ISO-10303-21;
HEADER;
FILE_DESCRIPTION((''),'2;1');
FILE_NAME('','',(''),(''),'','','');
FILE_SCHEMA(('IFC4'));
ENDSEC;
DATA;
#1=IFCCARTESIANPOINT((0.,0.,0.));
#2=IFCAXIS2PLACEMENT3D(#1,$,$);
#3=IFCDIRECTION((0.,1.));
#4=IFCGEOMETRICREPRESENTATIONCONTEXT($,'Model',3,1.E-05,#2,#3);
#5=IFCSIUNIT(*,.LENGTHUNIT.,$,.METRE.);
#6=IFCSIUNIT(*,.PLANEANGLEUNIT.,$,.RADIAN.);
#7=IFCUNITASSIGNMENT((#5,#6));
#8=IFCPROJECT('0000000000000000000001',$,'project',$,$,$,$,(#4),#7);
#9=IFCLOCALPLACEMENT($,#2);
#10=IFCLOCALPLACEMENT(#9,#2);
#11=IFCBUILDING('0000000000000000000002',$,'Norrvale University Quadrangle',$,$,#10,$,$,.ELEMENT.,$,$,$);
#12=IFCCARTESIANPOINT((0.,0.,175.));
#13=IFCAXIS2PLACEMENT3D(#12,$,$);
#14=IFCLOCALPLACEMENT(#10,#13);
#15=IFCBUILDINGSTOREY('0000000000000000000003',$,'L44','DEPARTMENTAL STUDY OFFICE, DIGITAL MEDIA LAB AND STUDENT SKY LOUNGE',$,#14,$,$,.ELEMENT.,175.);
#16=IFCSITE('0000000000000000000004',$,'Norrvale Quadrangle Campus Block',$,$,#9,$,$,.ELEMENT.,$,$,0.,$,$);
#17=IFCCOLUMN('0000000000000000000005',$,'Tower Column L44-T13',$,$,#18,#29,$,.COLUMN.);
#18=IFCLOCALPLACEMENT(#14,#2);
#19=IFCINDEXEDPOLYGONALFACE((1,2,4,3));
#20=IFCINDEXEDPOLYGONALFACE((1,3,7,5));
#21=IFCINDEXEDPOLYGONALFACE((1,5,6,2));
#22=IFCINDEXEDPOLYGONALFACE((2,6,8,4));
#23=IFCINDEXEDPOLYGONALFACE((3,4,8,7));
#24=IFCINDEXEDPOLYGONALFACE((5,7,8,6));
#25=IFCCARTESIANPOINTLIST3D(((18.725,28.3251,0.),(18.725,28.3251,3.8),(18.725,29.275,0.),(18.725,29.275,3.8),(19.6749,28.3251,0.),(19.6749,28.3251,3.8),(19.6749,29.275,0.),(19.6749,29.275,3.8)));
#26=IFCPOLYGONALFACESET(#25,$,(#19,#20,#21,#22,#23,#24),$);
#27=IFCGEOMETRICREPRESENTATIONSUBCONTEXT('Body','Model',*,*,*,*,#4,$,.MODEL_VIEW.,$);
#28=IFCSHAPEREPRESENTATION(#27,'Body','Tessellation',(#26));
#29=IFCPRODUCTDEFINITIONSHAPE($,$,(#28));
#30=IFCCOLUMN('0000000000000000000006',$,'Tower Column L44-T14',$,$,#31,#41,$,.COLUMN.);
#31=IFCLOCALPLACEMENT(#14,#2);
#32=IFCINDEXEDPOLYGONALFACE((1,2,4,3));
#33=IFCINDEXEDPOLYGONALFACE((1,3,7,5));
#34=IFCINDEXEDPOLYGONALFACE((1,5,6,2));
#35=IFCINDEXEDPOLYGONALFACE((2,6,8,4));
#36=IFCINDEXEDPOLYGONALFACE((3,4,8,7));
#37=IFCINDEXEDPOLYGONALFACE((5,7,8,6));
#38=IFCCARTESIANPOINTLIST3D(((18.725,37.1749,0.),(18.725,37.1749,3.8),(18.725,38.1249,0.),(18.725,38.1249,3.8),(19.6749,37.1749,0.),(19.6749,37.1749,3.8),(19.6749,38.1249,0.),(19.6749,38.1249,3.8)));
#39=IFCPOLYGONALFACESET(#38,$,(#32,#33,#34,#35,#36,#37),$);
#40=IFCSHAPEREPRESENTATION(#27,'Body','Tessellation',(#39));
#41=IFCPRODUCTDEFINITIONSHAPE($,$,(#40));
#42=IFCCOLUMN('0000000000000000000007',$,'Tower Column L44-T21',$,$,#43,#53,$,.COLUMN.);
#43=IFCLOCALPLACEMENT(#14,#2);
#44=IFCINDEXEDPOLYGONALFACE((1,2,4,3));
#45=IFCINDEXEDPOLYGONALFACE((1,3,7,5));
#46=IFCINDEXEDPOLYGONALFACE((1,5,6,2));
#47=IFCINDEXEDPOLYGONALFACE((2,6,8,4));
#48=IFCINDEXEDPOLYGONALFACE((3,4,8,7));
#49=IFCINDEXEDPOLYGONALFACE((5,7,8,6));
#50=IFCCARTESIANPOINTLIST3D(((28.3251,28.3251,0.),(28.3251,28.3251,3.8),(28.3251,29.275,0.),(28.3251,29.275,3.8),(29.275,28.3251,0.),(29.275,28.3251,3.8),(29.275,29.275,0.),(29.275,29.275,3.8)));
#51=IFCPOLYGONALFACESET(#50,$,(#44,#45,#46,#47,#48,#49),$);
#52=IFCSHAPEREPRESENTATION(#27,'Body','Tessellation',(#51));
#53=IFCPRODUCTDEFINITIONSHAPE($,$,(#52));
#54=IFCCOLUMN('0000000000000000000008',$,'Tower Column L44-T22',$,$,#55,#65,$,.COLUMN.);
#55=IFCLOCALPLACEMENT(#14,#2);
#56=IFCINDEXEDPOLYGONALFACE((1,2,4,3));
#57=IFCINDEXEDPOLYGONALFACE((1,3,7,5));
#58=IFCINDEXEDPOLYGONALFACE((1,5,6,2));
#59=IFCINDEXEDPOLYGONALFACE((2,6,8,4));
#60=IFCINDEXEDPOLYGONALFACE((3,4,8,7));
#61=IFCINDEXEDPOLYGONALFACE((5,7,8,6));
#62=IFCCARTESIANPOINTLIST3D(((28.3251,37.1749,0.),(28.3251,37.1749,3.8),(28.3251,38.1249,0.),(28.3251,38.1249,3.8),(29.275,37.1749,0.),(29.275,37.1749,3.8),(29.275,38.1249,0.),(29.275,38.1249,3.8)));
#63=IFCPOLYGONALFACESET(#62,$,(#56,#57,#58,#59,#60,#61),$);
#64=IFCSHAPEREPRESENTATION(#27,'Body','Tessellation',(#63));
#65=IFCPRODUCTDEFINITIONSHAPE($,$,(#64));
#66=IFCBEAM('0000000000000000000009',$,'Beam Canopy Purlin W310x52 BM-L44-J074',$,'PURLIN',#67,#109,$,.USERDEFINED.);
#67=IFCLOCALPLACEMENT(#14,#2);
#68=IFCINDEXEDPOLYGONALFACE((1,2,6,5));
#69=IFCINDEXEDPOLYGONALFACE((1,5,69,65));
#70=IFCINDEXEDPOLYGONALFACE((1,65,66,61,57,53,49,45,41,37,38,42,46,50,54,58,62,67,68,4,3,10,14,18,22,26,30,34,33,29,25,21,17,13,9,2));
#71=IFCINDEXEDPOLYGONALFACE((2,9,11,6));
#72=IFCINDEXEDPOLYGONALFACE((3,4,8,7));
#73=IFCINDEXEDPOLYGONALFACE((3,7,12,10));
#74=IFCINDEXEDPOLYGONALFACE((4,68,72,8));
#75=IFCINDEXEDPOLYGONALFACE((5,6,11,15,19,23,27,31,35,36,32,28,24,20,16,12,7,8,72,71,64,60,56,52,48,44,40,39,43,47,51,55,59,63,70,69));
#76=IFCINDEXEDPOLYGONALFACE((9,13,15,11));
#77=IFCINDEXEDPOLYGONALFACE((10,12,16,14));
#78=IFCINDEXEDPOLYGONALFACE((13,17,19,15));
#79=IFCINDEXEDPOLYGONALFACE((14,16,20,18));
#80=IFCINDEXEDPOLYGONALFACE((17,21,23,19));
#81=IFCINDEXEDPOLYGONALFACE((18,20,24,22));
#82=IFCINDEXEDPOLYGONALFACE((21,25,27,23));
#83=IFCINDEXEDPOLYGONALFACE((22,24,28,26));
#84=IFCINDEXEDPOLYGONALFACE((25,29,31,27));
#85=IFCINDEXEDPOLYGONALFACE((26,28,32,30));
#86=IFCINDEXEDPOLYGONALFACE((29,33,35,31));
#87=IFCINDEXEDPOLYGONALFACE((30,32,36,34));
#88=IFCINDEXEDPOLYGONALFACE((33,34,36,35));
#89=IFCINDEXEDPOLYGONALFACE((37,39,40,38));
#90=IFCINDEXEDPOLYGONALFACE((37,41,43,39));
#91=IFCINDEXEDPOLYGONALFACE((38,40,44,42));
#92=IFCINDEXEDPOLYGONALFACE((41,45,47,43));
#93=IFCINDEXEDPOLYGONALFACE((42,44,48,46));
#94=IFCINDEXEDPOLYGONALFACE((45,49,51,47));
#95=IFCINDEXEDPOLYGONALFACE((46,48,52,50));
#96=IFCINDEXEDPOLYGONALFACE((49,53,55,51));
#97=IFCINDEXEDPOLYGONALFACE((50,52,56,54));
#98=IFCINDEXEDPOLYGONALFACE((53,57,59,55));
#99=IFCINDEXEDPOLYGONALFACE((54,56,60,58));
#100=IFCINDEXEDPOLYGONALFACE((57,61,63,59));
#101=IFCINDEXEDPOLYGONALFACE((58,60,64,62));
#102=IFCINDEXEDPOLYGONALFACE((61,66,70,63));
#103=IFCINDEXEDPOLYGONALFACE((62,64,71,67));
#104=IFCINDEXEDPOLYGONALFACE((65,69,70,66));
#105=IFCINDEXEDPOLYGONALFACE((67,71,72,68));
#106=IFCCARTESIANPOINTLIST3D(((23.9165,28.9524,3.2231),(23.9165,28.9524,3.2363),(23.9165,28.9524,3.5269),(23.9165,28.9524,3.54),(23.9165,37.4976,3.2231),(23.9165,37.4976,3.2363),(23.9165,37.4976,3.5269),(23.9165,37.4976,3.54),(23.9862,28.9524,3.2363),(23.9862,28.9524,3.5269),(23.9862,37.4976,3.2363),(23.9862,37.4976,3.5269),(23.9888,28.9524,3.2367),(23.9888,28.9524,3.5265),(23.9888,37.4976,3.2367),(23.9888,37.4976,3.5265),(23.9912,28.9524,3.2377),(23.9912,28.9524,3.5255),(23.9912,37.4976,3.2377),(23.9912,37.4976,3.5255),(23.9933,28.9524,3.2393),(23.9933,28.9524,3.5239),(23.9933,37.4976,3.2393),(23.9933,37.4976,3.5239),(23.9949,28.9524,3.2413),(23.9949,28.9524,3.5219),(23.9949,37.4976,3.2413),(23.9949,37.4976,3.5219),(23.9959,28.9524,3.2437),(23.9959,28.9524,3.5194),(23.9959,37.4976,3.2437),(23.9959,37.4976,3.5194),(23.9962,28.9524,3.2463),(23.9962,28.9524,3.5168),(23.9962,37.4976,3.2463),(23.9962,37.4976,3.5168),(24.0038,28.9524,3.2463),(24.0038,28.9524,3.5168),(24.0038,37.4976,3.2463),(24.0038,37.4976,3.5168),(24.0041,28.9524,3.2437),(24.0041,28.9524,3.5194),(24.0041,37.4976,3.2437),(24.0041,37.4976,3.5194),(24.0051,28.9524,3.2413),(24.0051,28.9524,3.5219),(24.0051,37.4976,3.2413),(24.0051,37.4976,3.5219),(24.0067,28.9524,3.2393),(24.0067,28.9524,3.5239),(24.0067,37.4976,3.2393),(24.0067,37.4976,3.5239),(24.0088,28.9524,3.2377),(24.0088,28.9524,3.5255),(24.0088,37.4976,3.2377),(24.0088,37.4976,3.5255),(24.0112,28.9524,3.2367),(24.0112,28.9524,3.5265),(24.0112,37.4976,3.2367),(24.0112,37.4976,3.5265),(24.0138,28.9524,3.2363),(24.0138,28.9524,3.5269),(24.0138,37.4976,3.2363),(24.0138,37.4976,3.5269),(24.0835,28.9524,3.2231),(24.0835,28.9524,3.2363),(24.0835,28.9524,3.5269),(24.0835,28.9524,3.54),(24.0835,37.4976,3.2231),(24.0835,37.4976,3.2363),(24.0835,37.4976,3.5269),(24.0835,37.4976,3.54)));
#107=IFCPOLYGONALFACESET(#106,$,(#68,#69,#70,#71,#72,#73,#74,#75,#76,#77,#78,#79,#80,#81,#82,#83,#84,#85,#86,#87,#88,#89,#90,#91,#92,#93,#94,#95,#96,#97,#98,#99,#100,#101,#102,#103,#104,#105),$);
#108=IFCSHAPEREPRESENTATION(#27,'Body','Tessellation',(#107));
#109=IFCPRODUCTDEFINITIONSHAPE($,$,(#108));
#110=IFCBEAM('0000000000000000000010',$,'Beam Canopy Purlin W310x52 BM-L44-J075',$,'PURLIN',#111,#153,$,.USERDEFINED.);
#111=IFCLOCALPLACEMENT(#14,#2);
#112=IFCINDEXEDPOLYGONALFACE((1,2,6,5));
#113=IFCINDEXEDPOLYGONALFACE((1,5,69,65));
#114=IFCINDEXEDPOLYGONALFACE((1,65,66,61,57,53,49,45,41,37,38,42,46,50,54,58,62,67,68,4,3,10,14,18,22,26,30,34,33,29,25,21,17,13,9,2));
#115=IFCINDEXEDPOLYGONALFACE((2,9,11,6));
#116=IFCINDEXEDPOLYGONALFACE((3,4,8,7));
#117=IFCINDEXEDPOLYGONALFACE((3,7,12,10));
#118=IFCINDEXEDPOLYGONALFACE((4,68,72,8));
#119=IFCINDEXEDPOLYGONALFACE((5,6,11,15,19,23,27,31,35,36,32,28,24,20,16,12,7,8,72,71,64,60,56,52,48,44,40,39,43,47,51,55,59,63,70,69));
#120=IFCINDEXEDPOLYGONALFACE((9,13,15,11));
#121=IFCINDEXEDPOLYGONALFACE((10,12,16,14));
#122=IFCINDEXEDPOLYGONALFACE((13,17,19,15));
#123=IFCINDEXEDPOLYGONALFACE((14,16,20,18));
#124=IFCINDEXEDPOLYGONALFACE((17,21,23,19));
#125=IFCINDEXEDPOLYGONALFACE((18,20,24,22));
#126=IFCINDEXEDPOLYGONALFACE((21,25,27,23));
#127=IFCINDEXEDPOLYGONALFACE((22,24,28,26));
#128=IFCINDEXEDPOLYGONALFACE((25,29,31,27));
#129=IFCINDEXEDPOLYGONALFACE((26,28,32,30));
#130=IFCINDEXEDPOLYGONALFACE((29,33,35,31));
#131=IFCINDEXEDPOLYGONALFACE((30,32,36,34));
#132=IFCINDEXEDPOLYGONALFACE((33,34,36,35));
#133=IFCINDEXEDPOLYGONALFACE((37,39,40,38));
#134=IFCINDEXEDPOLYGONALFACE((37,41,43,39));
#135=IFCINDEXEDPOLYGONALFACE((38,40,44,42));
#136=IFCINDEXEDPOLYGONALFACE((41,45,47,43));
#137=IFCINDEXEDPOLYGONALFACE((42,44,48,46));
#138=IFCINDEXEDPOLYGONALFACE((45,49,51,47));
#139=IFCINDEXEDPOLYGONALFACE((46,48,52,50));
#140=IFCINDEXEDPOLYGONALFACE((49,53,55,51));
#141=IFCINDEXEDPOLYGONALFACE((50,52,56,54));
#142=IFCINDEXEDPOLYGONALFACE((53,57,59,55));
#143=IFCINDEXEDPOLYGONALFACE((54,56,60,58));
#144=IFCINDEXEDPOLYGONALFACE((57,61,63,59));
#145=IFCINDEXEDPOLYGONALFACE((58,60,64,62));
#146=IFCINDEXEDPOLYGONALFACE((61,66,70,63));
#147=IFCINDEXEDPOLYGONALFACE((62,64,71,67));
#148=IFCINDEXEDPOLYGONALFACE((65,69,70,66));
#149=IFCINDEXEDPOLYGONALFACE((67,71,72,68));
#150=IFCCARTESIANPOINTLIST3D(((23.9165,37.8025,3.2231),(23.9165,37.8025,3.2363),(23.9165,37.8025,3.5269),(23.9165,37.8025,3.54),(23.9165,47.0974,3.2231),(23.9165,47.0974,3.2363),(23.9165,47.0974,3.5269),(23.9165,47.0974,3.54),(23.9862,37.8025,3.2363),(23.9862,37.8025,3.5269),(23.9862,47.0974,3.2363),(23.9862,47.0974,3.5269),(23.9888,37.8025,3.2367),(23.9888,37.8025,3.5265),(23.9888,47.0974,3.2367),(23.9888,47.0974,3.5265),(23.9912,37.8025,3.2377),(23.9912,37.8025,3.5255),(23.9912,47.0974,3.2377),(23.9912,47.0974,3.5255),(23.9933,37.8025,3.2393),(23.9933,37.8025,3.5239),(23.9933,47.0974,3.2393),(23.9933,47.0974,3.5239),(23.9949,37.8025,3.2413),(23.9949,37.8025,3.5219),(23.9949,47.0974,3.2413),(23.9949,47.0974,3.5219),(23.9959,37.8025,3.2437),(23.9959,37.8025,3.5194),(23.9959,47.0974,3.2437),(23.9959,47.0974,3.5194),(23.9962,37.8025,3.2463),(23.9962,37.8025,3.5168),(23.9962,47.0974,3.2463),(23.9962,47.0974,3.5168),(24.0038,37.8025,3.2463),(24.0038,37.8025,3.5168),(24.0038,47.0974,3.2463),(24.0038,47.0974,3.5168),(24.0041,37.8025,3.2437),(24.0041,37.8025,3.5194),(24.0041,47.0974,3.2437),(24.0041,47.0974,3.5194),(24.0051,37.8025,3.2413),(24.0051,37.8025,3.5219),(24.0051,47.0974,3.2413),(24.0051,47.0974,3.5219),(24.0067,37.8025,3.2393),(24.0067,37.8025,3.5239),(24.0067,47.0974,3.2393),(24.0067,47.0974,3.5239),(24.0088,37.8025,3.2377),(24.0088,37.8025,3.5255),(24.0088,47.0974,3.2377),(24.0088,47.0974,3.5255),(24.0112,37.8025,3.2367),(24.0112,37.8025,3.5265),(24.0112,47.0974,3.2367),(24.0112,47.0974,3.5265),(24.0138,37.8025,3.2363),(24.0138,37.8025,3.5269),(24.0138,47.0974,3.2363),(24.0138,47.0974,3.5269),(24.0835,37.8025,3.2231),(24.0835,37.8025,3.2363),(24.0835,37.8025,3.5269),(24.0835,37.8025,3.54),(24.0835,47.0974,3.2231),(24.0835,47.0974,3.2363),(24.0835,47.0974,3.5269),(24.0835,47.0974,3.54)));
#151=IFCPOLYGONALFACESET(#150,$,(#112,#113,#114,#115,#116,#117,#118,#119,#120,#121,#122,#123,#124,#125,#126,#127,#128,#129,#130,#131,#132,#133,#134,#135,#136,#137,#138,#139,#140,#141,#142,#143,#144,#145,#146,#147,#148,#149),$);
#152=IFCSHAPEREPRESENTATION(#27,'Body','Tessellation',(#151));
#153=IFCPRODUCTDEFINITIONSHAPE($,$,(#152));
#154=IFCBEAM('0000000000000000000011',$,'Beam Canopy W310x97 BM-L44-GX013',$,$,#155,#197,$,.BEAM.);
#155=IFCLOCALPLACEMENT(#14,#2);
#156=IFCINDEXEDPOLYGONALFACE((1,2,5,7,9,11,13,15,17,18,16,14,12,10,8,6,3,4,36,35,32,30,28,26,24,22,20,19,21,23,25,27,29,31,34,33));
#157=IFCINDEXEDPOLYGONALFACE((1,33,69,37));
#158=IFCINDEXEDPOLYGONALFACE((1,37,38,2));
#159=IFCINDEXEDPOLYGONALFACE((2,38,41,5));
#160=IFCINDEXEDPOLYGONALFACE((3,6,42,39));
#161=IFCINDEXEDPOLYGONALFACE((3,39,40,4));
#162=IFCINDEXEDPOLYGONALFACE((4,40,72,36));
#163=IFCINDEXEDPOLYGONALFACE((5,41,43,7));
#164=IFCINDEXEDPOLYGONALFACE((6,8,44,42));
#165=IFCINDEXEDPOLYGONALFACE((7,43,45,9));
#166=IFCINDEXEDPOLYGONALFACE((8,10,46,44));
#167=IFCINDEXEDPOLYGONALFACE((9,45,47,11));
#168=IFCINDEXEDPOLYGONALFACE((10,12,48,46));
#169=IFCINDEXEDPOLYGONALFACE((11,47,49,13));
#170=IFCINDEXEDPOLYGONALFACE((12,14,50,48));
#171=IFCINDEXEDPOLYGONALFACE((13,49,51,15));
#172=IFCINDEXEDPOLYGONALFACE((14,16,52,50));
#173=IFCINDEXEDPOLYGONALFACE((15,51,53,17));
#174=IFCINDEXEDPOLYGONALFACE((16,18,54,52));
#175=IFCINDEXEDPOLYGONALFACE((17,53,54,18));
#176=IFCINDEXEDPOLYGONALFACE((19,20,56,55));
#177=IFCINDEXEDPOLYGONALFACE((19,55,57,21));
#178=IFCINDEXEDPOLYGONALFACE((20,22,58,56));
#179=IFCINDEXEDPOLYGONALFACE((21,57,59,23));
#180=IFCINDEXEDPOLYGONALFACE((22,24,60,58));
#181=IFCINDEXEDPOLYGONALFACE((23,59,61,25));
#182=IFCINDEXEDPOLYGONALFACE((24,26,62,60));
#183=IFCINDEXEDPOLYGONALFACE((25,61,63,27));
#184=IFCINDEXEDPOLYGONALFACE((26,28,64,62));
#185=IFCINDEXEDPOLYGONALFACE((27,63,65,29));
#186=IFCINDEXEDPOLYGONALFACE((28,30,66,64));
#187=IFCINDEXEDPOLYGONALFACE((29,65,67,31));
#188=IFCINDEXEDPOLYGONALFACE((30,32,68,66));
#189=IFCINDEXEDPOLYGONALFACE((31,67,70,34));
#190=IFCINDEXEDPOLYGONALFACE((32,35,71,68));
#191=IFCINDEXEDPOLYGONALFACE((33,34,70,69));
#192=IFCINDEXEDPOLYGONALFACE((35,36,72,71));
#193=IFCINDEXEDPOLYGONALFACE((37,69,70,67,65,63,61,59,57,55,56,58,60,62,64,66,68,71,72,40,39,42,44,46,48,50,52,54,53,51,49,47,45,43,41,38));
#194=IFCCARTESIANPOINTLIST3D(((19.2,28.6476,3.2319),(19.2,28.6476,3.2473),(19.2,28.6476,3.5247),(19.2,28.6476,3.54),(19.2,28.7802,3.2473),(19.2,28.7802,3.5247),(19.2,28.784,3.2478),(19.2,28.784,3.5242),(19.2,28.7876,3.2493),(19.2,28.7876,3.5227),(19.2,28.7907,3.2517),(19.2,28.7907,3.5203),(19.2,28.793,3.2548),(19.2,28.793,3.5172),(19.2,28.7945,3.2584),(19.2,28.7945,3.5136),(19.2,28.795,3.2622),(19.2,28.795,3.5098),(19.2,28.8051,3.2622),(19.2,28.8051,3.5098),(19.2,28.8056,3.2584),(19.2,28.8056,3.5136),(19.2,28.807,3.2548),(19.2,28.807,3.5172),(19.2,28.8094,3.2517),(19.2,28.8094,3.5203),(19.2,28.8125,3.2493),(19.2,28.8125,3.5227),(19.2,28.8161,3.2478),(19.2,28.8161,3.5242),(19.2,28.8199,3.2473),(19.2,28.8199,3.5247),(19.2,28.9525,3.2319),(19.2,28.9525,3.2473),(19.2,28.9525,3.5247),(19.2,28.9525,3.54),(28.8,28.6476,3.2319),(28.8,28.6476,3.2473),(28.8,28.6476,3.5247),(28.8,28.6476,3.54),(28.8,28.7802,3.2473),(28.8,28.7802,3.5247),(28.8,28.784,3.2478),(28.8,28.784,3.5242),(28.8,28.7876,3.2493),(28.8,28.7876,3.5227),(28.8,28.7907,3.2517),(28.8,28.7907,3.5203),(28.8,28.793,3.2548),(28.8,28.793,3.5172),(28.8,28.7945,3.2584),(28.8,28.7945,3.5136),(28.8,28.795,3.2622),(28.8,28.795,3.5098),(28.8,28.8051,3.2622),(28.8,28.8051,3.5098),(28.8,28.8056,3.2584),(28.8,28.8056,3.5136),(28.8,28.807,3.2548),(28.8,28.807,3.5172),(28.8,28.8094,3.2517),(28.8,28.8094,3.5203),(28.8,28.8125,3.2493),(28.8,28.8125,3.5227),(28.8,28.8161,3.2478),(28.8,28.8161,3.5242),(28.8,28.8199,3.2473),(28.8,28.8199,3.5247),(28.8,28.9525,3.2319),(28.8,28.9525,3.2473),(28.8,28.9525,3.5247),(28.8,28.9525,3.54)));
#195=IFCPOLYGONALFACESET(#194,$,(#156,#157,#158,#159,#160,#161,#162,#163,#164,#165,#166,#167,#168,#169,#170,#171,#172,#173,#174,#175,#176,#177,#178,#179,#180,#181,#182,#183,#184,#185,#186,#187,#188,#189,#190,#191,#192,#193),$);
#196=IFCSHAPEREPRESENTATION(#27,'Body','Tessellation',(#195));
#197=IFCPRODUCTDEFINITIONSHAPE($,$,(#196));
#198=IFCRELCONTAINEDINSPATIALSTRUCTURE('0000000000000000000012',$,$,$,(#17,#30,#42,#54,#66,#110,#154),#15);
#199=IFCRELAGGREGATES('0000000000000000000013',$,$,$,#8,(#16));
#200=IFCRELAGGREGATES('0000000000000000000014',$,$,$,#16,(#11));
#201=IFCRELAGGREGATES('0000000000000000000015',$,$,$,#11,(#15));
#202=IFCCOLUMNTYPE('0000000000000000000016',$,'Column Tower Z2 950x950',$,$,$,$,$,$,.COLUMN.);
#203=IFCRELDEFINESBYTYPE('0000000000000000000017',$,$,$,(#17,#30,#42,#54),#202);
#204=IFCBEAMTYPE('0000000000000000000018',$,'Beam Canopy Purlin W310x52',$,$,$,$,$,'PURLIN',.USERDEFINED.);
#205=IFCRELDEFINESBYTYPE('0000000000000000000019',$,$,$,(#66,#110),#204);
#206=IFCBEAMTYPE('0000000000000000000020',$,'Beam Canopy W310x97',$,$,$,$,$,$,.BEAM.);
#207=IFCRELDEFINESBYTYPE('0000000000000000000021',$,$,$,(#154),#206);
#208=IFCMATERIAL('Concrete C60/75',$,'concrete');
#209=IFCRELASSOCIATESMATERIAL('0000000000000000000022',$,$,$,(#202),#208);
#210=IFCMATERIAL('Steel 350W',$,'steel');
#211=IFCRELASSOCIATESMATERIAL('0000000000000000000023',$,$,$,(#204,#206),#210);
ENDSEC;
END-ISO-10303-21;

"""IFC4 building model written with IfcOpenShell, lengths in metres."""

from ifc_helpers import new_model, si_unit, direction, frame, origin, origin_2d, place, context, subcontext, project, spatial, rectangle, i_section, extrude, material, material_profile, profile_set, type_object, element, save


model = new_model("IFC4")

# Units and contexts
model_context = context("Model", 3, precision=1e-05, world=origin(), true_north=direction((0.0, 1.0)))
body_context = subcontext(model_context, "Body", "Model", "MODEL_VIEW")
ifc_project = project(units=[si_unit("LENGTHUNIT", "METRE"), si_unit("PLANEANGLEUNIT", "RADIAN")], contexts=[model_context])

# Site, building, storey
site_placement = place(None, origin())
site = spatial("IfcSite", under=ifc_project, at=site_placement, Name="Norrvale Quadrangle Campus Block", CompositionType="ELEMENT", RefElevation=0.0)
building_placement = place(site_placement, origin())
building = spatial("IfcBuilding", under=site, at=building_placement, Name="Norrvale University Quadrangle", CompositionType="ELEMENT")
storey_placement = place(building_placement, frame((0.0, 0.0, 175.0)))
storey = spatial("IfcBuildingStorey", under=building, at=storey_placement, Name="L44", Description="DEPARTMENTAL STUDY OFFICE, DIGITAL MEDIA LAB AND STUDENT SKY LOUNGE", CompositionType="ELEMENT", Elevation=175.0)

# Columns
ifc_material_1 = material(Name="Concrete C60/75", Category="concrete")
ifc_material_profile_1 = material_profile(ifc_material_1, rectangle(XDim=0.95, YDim=0.95, at=origin_2d()), Name="Concrete C60/75")
ifc_profile_set_1 = profile_set([ifc_material_profile_1], Name="Concrete C60/75")
column_type = type_object("IfcColumnType", Name="Column Tower Z2 950x950", PredefinedType="COLUMN", material=ifc_profile_set_1)
for number, where, z_axis, x_axis, name in (
    (1, (19.2, 28.8, 0.0), (0.0, 0.0, 1.0), (1.0, 0.0, 0.0), "Tower Column L44-T13"),
    (2, (19.2, 37.6499, 0.0), (0.0, 0.0, 1.0), (1.0, 0.0, 0.0), "Tower Column L44-T14"),
    (3, (28.8, 28.8, 0.0), (0.0, 0.0, 1.0), (1.0, 0.0, 0.0), "Tower Column L44-T21"),
    (4, (28.8, 37.6499, 0.0), (0.0, 0.0, 1.0), (1.0, 0.0, 0.0), "Tower Column L44-T22"),
):
    element("IfcColumn", number, at=place(storey_placement, frame(where, z_axis=z_axis, x_axis=x_axis)), inside=storey, type_object=column_type, Name=name, PredefinedType="COLUMN", context=body_context, shape_type="SweptSolid", body=[
        extrude(rectangle(XDim=0.95, YDim=0.95, at=origin_2d()), origin(), (0.0, 0.0, 1.0), 3.8),
    ])

# Beams
ifc_material_2 = material(Name="Steel 350W", Category="steel")
ifc_material_profile_2 = material_profile(ifc_material_2, i_section(OverallWidth=0.167, OverallDepth=0.3169, WebThickness=0.0076, FlangeThickness=0.0132, FilletRadius=0.01, at=origin_2d()), Name="Steel 350W")
ifc_profile_set_2 = profile_set([ifc_material_profile_2], Name="Steel 350W")
beam_type_1 = type_object("IfcBeamType", Name="Beam Canopy Purlin W310x52", ElementType="PURLIN", PredefinedType="USERDEFINED", material=ifc_profile_set_2)
beam_1_placement = place(storey_placement, frame((24.0, 28.9524, 3.3816), z_axis=(0.0, 1.0, 0.0), x_axis=(-1.0, 0.0, 0.0)))
element("IfcBeam", 5, at=beam_1_placement, inside=storey, type_object=beam_type_1, Name="Beam Canopy Purlin W310x52 BM-L44-J074", ObjectType="PURLIN", PredefinedType="USERDEFINED", context=body_context, shape_type="SweptSolid", body=[
    extrude(i_section(OverallWidth=0.167, OverallDepth=0.3169, WebThickness=0.0076, FlangeThickness=0.0132, FilletRadius=0.01, at=origin_2d()), origin(), (0.0, 0.0, 1.0), 8.5452),
])
beam_2_placement = place(storey_placement, frame((24.0, 37.8025, 3.3816), z_axis=(0.0, 1.0, 0.0), x_axis=(-1.0, 0.0, 0.0)))
element("IfcBeam", 6, at=beam_2_placement, inside=storey, type_object=beam_type_1, Name="Beam Canopy Purlin W310x52 BM-L44-J075", ObjectType="PURLIN", PredefinedType="USERDEFINED", context=body_context, shape_type="SweptSolid", body=[
    extrude(i_section(OverallWidth=0.167, OverallDepth=0.3169, WebThickness=0.0076, FlangeThickness=0.0132, FilletRadius=0.01, at=origin_2d()), origin(), (0.0, 0.0, 1.0), 9.2949),
])
ifc_material_profile_3 = material_profile(ifc_material_2, i_section(OverallWidth=0.3049, OverallDepth=0.3081, WebThickness=0.01, FlangeThickness=0.0154, FilletRadius=0.0149, at=origin_2d()), Name="Steel 350W")
ifc_profile_set_3 = profile_set([ifc_material_profile_3], Name="Steel 350W")
beam_type_2 = type_object("IfcBeamType", Name="Beam Canopy W310x97", PredefinedType="BEAM", material=ifc_profile_set_3)
beam_3_placement = place(storey_placement, frame((19.2, 28.8, 3.386), z_axis=(1.0, 0.0, 0.0), x_axis=(0.0, 1.0, 0.0)))
element("IfcBeam", 7, at=beam_3_placement, inside=storey, type_object=beam_type_2, Name="Beam Canopy W310x97 BM-L44-GX013", PredefinedType="BEAM", context=body_context, shape_type="SweptSolid", body=[
    extrude(i_section(OverallWidth=0.3049, OverallDepth=0.3081, WebThickness=0.01, FlangeThickness=0.0154, FilletRadius=0.0149, at=origin_2d()), origin(), (0.0, 0.0, 1.0), 9.6001),
])

save(model, "model.ifc")
